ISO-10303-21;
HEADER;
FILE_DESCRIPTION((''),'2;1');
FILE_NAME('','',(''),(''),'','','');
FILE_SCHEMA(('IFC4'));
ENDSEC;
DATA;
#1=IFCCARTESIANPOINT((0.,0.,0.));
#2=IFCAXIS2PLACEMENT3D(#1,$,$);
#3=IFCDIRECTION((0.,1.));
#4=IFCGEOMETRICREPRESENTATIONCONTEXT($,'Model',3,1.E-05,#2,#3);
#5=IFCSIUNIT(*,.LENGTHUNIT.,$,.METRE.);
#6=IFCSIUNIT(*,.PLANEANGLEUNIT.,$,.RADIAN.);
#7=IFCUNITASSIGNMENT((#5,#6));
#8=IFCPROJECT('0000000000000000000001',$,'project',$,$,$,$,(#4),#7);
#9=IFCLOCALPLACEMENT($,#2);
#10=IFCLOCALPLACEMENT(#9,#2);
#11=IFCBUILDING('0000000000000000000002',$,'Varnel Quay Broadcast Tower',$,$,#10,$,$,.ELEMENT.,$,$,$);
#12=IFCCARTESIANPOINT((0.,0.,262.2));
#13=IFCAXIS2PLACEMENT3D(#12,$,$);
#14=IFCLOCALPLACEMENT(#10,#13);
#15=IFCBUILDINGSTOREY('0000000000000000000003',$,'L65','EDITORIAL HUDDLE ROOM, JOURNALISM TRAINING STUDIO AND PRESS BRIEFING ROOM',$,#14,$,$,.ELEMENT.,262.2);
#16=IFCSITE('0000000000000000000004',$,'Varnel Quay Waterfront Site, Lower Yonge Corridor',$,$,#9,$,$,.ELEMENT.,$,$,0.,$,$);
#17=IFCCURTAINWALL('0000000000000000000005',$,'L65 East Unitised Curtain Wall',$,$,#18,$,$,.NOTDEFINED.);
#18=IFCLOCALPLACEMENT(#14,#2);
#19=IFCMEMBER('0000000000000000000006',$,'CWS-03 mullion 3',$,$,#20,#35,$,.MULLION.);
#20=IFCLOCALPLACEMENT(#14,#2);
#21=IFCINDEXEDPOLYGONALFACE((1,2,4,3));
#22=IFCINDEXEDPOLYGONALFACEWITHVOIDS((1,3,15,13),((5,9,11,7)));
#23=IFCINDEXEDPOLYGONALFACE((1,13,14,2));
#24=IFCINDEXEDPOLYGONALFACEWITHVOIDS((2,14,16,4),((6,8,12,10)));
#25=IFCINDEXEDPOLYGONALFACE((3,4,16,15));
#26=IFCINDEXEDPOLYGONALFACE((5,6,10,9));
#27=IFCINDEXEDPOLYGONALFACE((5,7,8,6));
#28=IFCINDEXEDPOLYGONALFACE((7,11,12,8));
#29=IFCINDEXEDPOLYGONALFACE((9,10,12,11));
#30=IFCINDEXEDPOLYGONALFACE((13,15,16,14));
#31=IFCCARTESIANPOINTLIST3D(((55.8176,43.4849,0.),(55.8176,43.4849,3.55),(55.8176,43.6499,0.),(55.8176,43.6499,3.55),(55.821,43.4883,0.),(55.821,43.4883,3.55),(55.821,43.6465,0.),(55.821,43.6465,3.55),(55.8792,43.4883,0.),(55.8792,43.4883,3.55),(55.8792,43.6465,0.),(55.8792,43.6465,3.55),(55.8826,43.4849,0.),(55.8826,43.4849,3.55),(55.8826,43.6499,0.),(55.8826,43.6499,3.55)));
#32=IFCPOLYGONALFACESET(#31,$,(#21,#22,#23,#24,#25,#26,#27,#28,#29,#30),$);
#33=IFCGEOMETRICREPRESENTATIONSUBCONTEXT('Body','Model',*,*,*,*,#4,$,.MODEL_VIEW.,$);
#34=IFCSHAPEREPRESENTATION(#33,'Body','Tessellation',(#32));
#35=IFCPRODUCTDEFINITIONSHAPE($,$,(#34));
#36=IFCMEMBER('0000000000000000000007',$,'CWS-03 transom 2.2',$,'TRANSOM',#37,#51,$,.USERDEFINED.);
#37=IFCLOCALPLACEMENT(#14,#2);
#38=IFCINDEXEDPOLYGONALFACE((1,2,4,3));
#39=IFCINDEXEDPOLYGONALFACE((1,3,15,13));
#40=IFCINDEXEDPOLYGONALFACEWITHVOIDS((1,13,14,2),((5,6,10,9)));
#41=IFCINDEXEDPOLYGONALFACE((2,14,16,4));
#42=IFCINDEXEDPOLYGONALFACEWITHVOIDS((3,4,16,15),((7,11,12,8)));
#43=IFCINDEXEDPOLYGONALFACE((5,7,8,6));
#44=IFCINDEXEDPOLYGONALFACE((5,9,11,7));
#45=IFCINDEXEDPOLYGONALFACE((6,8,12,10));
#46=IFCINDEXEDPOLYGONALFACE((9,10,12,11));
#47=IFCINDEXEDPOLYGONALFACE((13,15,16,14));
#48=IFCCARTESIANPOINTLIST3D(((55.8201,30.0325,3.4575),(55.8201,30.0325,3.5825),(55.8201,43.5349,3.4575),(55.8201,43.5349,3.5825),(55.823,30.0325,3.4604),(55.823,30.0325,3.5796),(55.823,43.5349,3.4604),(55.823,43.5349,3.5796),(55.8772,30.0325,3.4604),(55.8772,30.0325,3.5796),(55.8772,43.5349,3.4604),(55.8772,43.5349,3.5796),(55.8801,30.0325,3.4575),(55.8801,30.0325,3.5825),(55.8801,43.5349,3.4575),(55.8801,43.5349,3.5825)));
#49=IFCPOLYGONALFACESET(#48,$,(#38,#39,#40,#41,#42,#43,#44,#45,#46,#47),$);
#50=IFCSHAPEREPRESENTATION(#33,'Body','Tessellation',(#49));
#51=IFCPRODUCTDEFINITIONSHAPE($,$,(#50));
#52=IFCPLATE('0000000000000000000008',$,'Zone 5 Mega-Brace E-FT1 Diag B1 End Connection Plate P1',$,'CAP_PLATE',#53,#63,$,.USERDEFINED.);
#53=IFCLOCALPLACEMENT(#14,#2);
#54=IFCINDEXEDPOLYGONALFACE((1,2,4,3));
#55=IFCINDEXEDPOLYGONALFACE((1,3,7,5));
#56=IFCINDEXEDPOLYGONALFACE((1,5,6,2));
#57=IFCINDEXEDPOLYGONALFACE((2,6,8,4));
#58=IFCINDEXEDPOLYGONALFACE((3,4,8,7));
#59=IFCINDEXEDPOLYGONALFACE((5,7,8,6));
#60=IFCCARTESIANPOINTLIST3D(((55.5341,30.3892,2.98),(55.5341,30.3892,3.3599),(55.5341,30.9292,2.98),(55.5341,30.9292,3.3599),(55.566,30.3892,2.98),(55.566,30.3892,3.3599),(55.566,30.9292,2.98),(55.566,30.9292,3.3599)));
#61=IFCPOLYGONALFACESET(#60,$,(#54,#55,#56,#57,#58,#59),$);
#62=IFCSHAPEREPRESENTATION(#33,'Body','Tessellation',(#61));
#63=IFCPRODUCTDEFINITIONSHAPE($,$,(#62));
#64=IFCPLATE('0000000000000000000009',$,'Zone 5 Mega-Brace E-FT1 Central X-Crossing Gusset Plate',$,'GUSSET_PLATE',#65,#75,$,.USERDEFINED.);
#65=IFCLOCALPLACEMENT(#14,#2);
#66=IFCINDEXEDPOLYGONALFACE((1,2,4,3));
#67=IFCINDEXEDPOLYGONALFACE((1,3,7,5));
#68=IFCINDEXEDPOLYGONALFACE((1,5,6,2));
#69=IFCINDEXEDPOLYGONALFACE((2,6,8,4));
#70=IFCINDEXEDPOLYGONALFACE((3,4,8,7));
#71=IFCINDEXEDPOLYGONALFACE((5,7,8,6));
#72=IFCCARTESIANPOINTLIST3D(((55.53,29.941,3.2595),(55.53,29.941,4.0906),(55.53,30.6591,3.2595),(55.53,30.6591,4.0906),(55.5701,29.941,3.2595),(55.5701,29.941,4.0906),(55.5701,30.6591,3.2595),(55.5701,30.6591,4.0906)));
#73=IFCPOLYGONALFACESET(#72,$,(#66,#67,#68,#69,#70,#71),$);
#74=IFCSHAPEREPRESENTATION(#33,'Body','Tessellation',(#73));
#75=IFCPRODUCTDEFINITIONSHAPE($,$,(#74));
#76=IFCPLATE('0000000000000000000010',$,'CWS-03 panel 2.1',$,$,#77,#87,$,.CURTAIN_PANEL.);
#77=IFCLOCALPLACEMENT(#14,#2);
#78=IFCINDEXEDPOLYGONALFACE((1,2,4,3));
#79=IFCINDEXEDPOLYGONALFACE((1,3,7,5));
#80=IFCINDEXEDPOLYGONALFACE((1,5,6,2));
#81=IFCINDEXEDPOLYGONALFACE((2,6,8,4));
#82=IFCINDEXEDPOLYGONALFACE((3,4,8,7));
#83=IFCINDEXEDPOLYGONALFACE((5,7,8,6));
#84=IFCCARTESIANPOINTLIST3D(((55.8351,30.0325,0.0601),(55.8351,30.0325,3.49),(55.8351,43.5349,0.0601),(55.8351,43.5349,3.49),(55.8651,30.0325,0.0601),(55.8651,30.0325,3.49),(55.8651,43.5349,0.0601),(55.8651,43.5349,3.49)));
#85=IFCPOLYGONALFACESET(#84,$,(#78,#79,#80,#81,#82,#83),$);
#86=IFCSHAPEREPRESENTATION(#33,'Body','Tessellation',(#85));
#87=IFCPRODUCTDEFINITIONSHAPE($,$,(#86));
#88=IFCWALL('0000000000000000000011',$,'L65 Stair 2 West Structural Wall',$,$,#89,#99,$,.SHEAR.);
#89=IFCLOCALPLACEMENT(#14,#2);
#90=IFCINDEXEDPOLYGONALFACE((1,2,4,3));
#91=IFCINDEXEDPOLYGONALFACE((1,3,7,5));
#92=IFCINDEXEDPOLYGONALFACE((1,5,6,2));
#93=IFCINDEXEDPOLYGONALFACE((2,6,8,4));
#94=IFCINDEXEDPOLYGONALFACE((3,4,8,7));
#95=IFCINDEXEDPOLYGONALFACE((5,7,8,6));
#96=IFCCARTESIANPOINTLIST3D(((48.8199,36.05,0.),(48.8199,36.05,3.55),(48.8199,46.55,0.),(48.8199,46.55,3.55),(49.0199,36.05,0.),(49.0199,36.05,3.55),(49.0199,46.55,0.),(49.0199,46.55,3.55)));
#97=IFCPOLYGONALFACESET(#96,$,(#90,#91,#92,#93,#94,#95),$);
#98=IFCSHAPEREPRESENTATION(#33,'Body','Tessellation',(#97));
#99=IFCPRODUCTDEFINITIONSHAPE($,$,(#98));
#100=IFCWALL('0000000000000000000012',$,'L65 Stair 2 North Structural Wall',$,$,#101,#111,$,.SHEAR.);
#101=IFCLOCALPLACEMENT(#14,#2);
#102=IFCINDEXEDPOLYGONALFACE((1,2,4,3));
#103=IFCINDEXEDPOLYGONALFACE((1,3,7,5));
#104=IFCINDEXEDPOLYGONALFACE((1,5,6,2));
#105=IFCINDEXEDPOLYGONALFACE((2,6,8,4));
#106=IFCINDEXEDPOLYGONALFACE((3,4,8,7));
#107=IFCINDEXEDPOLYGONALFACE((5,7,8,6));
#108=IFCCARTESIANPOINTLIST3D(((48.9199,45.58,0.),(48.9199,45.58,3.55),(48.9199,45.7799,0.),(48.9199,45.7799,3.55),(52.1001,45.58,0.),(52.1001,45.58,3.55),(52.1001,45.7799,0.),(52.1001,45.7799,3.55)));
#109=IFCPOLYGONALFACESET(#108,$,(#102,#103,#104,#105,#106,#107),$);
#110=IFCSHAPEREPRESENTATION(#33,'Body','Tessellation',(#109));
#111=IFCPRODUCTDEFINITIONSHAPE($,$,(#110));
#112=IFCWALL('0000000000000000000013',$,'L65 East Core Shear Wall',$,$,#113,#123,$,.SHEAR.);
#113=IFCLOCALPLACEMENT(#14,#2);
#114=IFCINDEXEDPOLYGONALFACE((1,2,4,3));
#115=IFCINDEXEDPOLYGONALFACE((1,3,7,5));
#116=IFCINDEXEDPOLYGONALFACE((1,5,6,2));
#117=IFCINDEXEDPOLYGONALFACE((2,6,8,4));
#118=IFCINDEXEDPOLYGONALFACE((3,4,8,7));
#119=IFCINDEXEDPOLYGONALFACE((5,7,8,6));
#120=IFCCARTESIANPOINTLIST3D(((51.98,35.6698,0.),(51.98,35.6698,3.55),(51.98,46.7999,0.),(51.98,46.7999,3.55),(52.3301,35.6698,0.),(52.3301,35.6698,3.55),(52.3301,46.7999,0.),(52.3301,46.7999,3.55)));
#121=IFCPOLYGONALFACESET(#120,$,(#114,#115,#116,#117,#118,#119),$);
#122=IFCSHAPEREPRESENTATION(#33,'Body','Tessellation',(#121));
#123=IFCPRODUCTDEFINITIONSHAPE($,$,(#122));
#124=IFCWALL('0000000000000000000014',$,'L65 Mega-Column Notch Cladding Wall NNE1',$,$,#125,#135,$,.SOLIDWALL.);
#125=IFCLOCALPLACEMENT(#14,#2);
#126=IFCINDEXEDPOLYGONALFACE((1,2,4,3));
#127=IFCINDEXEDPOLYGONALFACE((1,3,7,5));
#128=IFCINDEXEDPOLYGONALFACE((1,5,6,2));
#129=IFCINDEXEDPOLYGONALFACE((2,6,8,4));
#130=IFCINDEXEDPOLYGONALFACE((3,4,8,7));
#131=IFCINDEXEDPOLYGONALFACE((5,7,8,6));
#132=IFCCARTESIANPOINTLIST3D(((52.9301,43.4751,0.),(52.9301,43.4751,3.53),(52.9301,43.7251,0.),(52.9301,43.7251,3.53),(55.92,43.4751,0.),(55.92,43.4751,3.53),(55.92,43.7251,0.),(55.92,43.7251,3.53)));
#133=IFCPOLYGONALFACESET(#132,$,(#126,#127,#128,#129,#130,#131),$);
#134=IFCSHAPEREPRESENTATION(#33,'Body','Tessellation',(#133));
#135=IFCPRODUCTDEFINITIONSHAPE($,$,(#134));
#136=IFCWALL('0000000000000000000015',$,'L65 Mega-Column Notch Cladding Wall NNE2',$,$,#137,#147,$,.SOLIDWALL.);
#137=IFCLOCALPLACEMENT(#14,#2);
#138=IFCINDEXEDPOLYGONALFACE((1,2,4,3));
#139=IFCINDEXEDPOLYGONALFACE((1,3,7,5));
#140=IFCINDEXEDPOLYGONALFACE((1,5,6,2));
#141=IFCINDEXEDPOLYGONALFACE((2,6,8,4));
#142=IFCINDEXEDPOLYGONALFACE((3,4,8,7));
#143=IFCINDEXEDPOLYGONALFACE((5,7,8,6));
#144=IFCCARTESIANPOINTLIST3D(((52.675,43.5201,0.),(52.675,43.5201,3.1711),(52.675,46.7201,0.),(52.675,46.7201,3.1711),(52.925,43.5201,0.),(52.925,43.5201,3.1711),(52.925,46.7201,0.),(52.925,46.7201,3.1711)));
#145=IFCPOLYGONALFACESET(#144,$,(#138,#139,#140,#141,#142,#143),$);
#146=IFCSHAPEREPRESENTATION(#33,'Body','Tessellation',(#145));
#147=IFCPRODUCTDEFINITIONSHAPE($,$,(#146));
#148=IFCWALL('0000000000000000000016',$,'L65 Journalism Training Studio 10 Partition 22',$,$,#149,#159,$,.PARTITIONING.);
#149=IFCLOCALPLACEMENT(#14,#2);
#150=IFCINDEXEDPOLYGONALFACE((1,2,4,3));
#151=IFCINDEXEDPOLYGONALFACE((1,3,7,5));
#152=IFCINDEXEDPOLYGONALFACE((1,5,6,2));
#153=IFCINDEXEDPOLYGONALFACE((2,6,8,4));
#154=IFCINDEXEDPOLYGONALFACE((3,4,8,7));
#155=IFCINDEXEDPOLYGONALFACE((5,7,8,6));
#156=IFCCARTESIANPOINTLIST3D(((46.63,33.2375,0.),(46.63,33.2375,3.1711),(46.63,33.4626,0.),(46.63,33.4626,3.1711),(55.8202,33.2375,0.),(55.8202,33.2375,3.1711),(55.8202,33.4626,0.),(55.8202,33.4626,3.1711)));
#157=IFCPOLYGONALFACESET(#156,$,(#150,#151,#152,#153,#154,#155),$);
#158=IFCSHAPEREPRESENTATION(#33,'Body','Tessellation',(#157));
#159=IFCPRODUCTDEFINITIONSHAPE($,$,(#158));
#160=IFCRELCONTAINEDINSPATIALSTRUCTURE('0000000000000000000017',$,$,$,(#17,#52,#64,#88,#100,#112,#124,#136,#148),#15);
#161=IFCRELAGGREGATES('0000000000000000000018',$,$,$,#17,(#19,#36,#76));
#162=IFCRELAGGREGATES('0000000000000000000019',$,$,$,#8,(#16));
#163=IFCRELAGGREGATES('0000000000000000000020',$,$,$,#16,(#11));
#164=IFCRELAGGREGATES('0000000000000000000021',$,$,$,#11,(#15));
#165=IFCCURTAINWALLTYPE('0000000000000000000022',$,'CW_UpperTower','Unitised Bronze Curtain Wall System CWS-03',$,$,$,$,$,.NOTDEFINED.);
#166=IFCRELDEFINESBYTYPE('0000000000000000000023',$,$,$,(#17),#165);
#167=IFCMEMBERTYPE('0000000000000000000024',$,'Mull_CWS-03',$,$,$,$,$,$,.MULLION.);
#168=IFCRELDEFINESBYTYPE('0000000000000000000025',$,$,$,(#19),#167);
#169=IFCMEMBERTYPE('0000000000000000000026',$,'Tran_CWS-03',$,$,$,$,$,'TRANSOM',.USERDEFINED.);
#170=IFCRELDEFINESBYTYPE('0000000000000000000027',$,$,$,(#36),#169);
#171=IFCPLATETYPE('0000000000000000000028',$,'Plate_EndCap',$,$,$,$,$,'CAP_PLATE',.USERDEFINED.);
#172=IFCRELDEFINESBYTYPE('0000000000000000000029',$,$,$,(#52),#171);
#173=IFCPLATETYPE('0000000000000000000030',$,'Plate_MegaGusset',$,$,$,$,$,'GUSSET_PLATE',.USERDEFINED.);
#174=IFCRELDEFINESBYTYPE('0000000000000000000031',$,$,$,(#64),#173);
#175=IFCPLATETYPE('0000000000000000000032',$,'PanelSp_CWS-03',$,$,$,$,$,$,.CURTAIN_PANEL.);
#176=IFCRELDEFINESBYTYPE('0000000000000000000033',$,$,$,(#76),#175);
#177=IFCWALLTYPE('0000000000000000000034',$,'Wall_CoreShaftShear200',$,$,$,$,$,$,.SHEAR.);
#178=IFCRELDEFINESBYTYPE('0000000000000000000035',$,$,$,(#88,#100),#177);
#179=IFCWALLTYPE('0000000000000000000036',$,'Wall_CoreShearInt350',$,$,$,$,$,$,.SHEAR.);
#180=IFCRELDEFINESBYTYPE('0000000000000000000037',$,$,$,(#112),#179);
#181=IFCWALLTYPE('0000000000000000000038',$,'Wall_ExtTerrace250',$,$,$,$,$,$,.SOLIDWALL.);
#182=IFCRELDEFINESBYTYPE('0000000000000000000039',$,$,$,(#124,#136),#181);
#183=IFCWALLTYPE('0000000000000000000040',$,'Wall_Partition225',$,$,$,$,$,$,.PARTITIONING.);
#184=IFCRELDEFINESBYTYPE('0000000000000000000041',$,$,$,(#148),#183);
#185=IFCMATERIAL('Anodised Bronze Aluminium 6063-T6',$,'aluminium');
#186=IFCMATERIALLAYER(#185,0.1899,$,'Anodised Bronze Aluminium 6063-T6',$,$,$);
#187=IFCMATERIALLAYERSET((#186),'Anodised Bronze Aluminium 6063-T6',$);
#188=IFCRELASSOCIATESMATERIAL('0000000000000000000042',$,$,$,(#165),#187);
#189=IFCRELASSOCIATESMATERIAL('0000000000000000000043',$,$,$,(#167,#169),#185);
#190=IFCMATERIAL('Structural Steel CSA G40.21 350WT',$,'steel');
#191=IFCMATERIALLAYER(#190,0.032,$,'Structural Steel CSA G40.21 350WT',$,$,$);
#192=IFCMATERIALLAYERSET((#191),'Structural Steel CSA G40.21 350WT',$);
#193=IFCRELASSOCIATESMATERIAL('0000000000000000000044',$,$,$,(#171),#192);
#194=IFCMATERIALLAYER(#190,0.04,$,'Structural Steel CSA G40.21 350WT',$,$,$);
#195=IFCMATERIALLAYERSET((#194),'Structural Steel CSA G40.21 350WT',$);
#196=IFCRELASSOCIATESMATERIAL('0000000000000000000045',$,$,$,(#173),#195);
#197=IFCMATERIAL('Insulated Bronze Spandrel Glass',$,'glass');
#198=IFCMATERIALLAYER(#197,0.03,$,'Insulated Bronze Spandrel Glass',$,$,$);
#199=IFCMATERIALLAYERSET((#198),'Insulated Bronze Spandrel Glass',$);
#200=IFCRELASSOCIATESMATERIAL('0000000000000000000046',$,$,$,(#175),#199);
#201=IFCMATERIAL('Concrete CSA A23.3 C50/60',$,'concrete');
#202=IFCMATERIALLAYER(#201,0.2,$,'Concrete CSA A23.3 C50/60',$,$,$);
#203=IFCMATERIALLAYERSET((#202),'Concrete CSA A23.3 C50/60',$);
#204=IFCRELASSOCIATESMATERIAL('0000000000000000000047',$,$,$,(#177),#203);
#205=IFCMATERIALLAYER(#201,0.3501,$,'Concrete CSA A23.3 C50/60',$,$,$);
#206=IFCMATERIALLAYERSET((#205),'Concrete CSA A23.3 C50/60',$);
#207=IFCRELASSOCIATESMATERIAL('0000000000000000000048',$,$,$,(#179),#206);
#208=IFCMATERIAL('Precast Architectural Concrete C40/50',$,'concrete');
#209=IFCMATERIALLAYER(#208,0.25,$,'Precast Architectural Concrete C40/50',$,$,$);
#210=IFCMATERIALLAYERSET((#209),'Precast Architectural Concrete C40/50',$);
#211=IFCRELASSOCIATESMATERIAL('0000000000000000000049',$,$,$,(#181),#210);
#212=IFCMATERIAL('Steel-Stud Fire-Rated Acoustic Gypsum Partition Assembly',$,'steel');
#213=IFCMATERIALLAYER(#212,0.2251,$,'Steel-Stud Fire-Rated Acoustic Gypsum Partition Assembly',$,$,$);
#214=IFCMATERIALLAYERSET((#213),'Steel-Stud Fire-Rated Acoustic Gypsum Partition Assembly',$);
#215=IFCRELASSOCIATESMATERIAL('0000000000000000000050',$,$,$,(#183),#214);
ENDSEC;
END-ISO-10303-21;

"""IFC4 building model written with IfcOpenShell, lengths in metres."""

from ifc_helpers import new_model, si_unit, direction, frame, frame_2d, origin, origin_2d, place, context, subcontext, project, spatial, rectangle, hollow_rectangle, extrude, source, transform, mapped, material, layer, layer_set, material_profile, profile_set, type_object, type_shapes, element, aggregate, save


model = new_model("IFC4")

# Units and contexts
model_context = context("Model", 3, precision=1e-05, world=origin(), true_north=direction((0.0, 1.0)))
body_context = subcontext(model_context, "Body", "Model", "MODEL_VIEW")
ifc_project = project(units=[si_unit("LENGTHUNIT", "METRE"), si_unit("PLANEANGLEUNIT", "RADIAN")], contexts=[model_context])

# Site, building, storey
site_placement = place(None, origin())
site = spatial("IfcSite", under=ifc_project, at=site_placement, Name="Varnel Quay Waterfront Site, Lower Yonge Corridor", CompositionType="ELEMENT", RefElevation=0.0)
building_placement = place(site_placement, origin())
building = spatial("IfcBuilding", under=site, at=building_placement, Name="Varnel Quay Broadcast Tower", CompositionType="ELEMENT")
storey_placement = place(building_placement, frame((0.0, 0.0, 262.2)))
storey = spatial("IfcBuildingStorey", under=building, at=storey_placement, Name="L65", Description="EDITORIAL HUDDLE ROOM, JOURNALISM TRAINING STUDIO AND PRESS BRIEFING ROOM", CompositionType="ELEMENT", Elevation=262.2)

# Shared definitions
ifc_material_1 = material(Name="Structural Steel CSA G40.21 350WT", Category="steel")

# Curtain wall, members
ifc_material_2 = material(Name="Anodised Bronze Aluminium 6063-T6", Category="aluminium")
ifc_layer_1 = layer(ifc_material_2, 0.1899, Name="Anodised Bronze Aluminium 6063-T6")
ifc_layer_set_1 = layer_set([ifc_layer_1], Name="Anodised Bronze Aluminium 6063-T6")
curtain_wall_type = type_object("IfcCurtainWallType", Name="CW_UpperTower", Description="Unitised Bronze Curtain Wall System CWS-03", PredefinedType="NOTDEFINED", material=ifc_layer_set_1)
curtain_wall_placement = place(storey_placement, origin())
curtain_wall = element("IfcCurtainWall", 1, at=curtain_wall_placement, inside=storey, type_object=curtain_wall_type, Name="L65 East Unitised Curtain Wall", PredefinedType="NOTDEFINED")
ifc_material_profile_1 = material_profile(ifc_material_2, hollow_rectangle(XDim=0.0649, YDim=0.165, WallThickness=0.0034, at=origin_2d()), Name="ALU65X165X3.5")
ifc_profile_set_1 = profile_set([ifc_material_profile_1], Name="Anodised Bronze Aluminium 6063-T6")
member_type_1 = type_object("IfcMemberType", Name="Mull_CWS-03", PredefinedType="MULLION", material=ifc_profile_set_1)
shared_shape_1 = source(origin(), body_context, "Body", "SweptSolid", [
    extrude(hollow_rectangle(XDim=0.0649, YDim=0.165, WallThickness=0.0034, at=origin_2d()), origin(), (0.0, 0.0, 1.0), 3.55),
])
type_shapes(member_type_1, [shared_shape_1])
member_1_placement = place(storey_placement, frame((55.8501, 43.5674, 0.0), z_axis=(0.0, 0.0, 1.0), x_axis=(-1.0, 0.0, 0.0)))
member_1 = element("IfcMember", 2, at=member_1_placement, type_object=member_type_1, Name="CWS-03 mullion 3", PredefinedType="MULLION", context=body_context, shape_type="MappedRepresentation", body=[
    mapped(shared_shape_1, transform((0.0, 0.0, 0.0), x_axis=(1.0, 0.0, 0.0), y_axis=(0.0, 1.0, 0.0), z_axis=(0.0, 0.0, 1.0), scale=1.0)),
])
ifc_material_profile_2 = material_profile(ifc_material_2, hollow_rectangle(XDim=0.0601, YDim=0.125, WallThickness=0.0029, at=origin_2d()), Name="ALU60X125X3")
ifc_profile_set_2 = profile_set([ifc_material_profile_2], Name="Anodised Bronze Aluminium 6063-T6")
member_type_2 = type_object("IfcMemberType", Name="Tran_CWS-03", ElementType="TRANSOM", PredefinedType="USERDEFINED", material=ifc_profile_set_2)
shared_shape_2 = source(origin(), body_context, "Body", "SweptSolid", [
    extrude(hollow_rectangle(XDim=0.0601, YDim=0.125, WallThickness=0.0029, at=origin_2d()), origin(), (0.0, 0.0, 1.0), 13.5024),
])
type_shapes(member_type_2, [shared_shape_2])
member_2_placement = place(storey_placement, frame((55.8501, 30.0325, 3.52), z_axis=(0.0, 1.0, 0.0), x_axis=(-1.0, 0.0, 0.0)))
member_2 = element("IfcMember", 3, at=member_2_placement, type_object=member_type_2, Name="CWS-03 transom 2.2", ObjectType="TRANSOM", PredefinedType="USERDEFINED", context=body_context, shape_type="MappedRepresentation", body=[
    mapped(shared_shape_2, transform((0.0, 0.0, 0.0), x_axis=(1.0, 0.0, 0.0), y_axis=(0.0, 1.0, 0.0), z_axis=(0.0, 0.0, 1.0), scale=1.0)),
])

# Plates
ifc_layer_2 = layer(ifc_material_1, 0.032, Name="Structural Steel CSA G40.21 350WT")
ifc_layer_set_2 = layer_set([ifc_layer_2], Name="Structural Steel CSA G40.21 350WT")
plate_type_1 = type_object("IfcPlateType", Name="Plate_EndCap", ElementType="CAP_PLATE", PredefinedType="USERDEFINED", material=ifc_layer_set_2)
shared_shape_3 = source(origin(), body_context, "Body", "SweptSolid", [
    extrude(rectangle(XDim=0.54, YDim=0.032, at=origin_2d()), origin(), (0.0, 0.0, 1.0), 0.3799),
])
type_shapes(plate_type_1, [shared_shape_3])
plate_1_placement = place(storey_placement, frame((55.55, 30.6592, 2.98), z_axis=(0.0, 0.0, 1.0), x_axis=(0.0, 1.0, 0.0)))
element("IfcPlate", 4, at=plate_1_placement, inside=storey, type_object=plate_type_1, Name="Zone 5 Mega-Brace E-FT1 Diag B1 End Connection Plate P1", ObjectType="CAP_PLATE", PredefinedType="USERDEFINED", context=body_context, shape_type="MappedRepresentation", body=[
    mapped(shared_shape_3, transform((0.0, 0.0, 0.0), x_axis=(1.0, 0.0, 0.0), y_axis=(0.0, 1.0, 0.0), z_axis=(0.0, 0.0, 1.0), scale=1.0)),
])
ifc_layer_3 = layer(ifc_material_1, 0.04, Name="Structural Steel CSA G40.21 350WT")
ifc_layer_set_3 = layer_set([ifc_layer_3], Name="Structural Steel CSA G40.21 350WT")
plate_type_2 = type_object("IfcPlateType", Name="Plate_MegaGusset", ElementType="GUSSET_PLATE", PredefinedType="USERDEFINED", material=ifc_layer_set_3)
shared_shape_4 = source(origin(), body_context, "Body", "SweptSolid", [
    extrude(rectangle(XDim=0.718, YDim=0.04, at=origin_2d()), origin(), (0.0, 0.0, 1.0), 0.8311),
])
type_shapes(plate_type_2, [shared_shape_4])
plate_2_placement = place(storey_placement, frame((55.55, 30.3, 3.2595), z_axis=(0.0, 0.0, 1.0), x_axis=(0.0, 1.0, 0.0)))
element("IfcPlate", 5, at=plate_2_placement, inside=storey, type_object=plate_type_2, Name="Zone 5 Mega-Brace E-FT1 Central X-Crossing Gusset Plate", ObjectType="GUSSET_PLATE", PredefinedType="USERDEFINED", context=body_context, shape_type="MappedRepresentation", body=[
    mapped(shared_shape_4, transform((0.0, 0.0, 0.0), x_axis=(1.0, 0.0, 0.0), y_axis=(0.0, 1.0, 0.0), z_axis=(0.0, 0.0, 1.0), scale=1.0)),
])

# Plate
ifc_material_3 = material(Name="Insulated Bronze Spandrel Glass", Category="glass")
ifc_layer_4 = layer(ifc_material_3, 0.03, Name="Insulated Bronze Spandrel Glass")
ifc_layer_set_4 = layer_set([ifc_layer_4], Name="Insulated Bronze Spandrel Glass")
plate_type_3 = type_object("IfcPlateType", Name="PanelSp_CWS-03", PredefinedType="CURTAIN_PANEL", material=ifc_layer_set_4)
shared_shape_5 = source(origin(), body_context, "Body", "SweptSolid", [
    extrude(rectangle(XDim=13.5024, YDim=0.03, at=origin_2d()), origin(), (0.0, 0.0, 1.0), 3.4299),
])
type_shapes(plate_type_3, [shared_shape_5])
plate_3_placement = place(storey_placement, frame((55.8501, 36.7837, 0.0601), z_axis=(0.0, 0.0, 1.0), x_axis=(0.0, 1.0, 0.0)))
plate_3 = element("IfcPlate", 6, at=plate_3_placement, type_object=plate_type_3, Name="CWS-03 panel 2.1", PredefinedType="CURTAIN_PANEL", context=body_context, shape_type="MappedRepresentation", body=[
    mapped(shared_shape_5, transform((0.0, 0.0, 0.0), x_axis=(1.0, 0.0, 0.0), y_axis=(0.0, 1.0, 0.0), z_axis=(0.0, 0.0, 1.0), scale=1.0)),
])
aggregate(curtain_wall, [member_1, member_2, plate_3])

# Walls
ifc_material_4 = material(Name="Concrete CSA A23.3 C50/60", Category="concrete")
ifc_layer_5 = layer(ifc_material_4, 0.2, Name="Concrete CSA A23.3 C50/60")
ifc_layer_set_5 = layer_set([ifc_layer_5], Name="Concrete CSA A23.3 C50/60")
wall_type_1 = type_object("IfcWallType", Name="Wall_CoreShaftShear200", PredefinedType="SHEAR", material=ifc_layer_set_5)
wall_1_placement = place(storey_placement, frame((48.9199, 36.05, 0.0), z_axis=(0.0, 0.0, 1.0), x_axis=(0.0, 1.0, 0.0)))
element("IfcWall", 7, at=wall_1_placement, inside=storey, type_object=wall_type_1, Name="L65 Stair 2 West Structural Wall", PredefinedType="SHEAR", context=body_context, shape_type="SweptSolid", body=[
    extrude(rectangle(XDim=10.5, YDim=0.2, at=frame_2d((5.25, 0.0))), origin(), (0.0, 0.0, 1.0), 3.55),
])
wall_2_placement = place(storey_placement, frame((48.9199, 45.6799, 0.0), z_axis=(0.0, 0.0, 1.0), x_axis=(1.0, 0.0, 0.0)))
element("IfcWall", 8, at=wall_2_placement, inside=storey, type_object=wall_type_1, Name="L65 Stair 2 North Structural Wall", PredefinedType="SHEAR", context=body_context, shape_type="SweptSolid", body=[
    extrude(rectangle(XDim=3.1802, YDim=0.2, at=frame_2d((1.5901, 0.0))), origin(), (0.0, 0.0, 1.0), 3.55),
])
ifc_layer_6 = layer(ifc_material_4, 0.3501, Name="Concrete CSA A23.3 C50/60")
ifc_layer_set_6 = layer_set([ifc_layer_6], Name="Concrete CSA A23.3 C50/60")
wall_type_2 = type_object("IfcWallType", Name="Wall_CoreShearInt350", PredefinedType="SHEAR", material=ifc_layer_set_6)
wall_3_placement = place(storey_placement, frame((52.155, 35.6699, 0.0), z_axis=(0.0, 0.0, 1.0), x_axis=(0.0, 1.0, 0.0)))
element("IfcWall", 9, at=wall_3_placement, inside=storey, type_object=wall_type_2, Name="L65 East Core Shear Wall", PredefinedType="SHEAR", context=body_context, shape_type="SweptSolid", body=[
    extrude(rectangle(XDim=11.1301, YDim=0.3501, at=frame_2d((5.5649, 0.0))), origin(), (0.0, 0.0, 1.0), 3.55),
])
ifc_material_5 = material(Name="Precast Architectural Concrete C40/50", Category="concrete")
ifc_layer_7 = layer(ifc_material_5, 0.25, Name="Precast Architectural Concrete C40/50")
ifc_layer_set_7 = layer_set([ifc_layer_7], Name="Precast Architectural Concrete C40/50")
wall_type_3 = type_object("IfcWallType", Name="Wall_ExtTerrace250", PredefinedType="SOLIDWALL", material=ifc_layer_set_7)
wall_4_placement = place(storey_placement, frame((52.9299, 43.6001, 0.0), z_axis=(0.0, 0.0, 1.0), x_axis=(1.0, 0.0, 0.0)))
element("IfcWall", 10, at=wall_4_placement, inside=storey, type_object=wall_type_3, Name="L65 Mega-Column Notch Cladding Wall NNE1", PredefinedType="SOLIDWALL", context=body_context, shape_type="SweptSolid", body=[
    extrude(rectangle(XDim=2.99, YDim=0.25, at=frame_2d((1.4951, 0.0))), origin(), (0.0, 0.0, 1.0), 3.53),
])
wall_5_placement = place(storey_placement, frame((52.8, 43.52, 0.0), z_axis=(0.0, 0.0, 1.0), x_axis=(0.0, 1.0, 0.0)))
element("IfcWall", 11, at=wall_5_placement, inside=storey, type_object=wall_type_3, Name="L65 Mega-Column Notch Cladding Wall NNE2", PredefinedType="SOLIDWALL", context=body_context, shape_type="SweptSolid", body=[
    extrude(rectangle(XDim=3.2, YDim=0.25, at=frame_2d((1.6001, 0.0))), origin(), (0.0, 0.0, 1.0), 3.1711),
])
ifc_material_6 = material(Name="Steel-Stud Fire-Rated Acoustic Gypsum Partition Assembly", Category="steel")
ifc_layer_8 = layer(ifc_material_6, 0.2251, Name="Steel-Stud Fire-Rated Acoustic Gypsum Partition Assembly")
ifc_layer_set_8 = layer_set([ifc_layer_8], Name="Steel-Stud Fire-Rated Acoustic Gypsum Partition Assembly")
wall_type_4 = type_object("IfcWallType", Name="Wall_Partition225", PredefinedType="PARTITIONING", material=ifc_layer_set_8)
wall_6_placement = place(storey_placement, frame((46.6299, 33.3501, 0.0), z_axis=(0.0, 0.0, 1.0), x_axis=(1.0, 0.0, 0.0)))
element("IfcWall", 12, at=wall_6_placement, inside=storey, type_object=wall_type_4, Name="L65 Journalism Training Studio 10 Partition 22", PredefinedType="PARTITIONING", context=body_context, shape_type="SweptSolid", body=[
    extrude(rectangle(XDim=9.1902, YDim=0.2251, at=frame_2d((4.5952, 0.0))), origin(), (0.0, 0.0, 1.0), 3.1711),
])

save(model, "model.ifc")
